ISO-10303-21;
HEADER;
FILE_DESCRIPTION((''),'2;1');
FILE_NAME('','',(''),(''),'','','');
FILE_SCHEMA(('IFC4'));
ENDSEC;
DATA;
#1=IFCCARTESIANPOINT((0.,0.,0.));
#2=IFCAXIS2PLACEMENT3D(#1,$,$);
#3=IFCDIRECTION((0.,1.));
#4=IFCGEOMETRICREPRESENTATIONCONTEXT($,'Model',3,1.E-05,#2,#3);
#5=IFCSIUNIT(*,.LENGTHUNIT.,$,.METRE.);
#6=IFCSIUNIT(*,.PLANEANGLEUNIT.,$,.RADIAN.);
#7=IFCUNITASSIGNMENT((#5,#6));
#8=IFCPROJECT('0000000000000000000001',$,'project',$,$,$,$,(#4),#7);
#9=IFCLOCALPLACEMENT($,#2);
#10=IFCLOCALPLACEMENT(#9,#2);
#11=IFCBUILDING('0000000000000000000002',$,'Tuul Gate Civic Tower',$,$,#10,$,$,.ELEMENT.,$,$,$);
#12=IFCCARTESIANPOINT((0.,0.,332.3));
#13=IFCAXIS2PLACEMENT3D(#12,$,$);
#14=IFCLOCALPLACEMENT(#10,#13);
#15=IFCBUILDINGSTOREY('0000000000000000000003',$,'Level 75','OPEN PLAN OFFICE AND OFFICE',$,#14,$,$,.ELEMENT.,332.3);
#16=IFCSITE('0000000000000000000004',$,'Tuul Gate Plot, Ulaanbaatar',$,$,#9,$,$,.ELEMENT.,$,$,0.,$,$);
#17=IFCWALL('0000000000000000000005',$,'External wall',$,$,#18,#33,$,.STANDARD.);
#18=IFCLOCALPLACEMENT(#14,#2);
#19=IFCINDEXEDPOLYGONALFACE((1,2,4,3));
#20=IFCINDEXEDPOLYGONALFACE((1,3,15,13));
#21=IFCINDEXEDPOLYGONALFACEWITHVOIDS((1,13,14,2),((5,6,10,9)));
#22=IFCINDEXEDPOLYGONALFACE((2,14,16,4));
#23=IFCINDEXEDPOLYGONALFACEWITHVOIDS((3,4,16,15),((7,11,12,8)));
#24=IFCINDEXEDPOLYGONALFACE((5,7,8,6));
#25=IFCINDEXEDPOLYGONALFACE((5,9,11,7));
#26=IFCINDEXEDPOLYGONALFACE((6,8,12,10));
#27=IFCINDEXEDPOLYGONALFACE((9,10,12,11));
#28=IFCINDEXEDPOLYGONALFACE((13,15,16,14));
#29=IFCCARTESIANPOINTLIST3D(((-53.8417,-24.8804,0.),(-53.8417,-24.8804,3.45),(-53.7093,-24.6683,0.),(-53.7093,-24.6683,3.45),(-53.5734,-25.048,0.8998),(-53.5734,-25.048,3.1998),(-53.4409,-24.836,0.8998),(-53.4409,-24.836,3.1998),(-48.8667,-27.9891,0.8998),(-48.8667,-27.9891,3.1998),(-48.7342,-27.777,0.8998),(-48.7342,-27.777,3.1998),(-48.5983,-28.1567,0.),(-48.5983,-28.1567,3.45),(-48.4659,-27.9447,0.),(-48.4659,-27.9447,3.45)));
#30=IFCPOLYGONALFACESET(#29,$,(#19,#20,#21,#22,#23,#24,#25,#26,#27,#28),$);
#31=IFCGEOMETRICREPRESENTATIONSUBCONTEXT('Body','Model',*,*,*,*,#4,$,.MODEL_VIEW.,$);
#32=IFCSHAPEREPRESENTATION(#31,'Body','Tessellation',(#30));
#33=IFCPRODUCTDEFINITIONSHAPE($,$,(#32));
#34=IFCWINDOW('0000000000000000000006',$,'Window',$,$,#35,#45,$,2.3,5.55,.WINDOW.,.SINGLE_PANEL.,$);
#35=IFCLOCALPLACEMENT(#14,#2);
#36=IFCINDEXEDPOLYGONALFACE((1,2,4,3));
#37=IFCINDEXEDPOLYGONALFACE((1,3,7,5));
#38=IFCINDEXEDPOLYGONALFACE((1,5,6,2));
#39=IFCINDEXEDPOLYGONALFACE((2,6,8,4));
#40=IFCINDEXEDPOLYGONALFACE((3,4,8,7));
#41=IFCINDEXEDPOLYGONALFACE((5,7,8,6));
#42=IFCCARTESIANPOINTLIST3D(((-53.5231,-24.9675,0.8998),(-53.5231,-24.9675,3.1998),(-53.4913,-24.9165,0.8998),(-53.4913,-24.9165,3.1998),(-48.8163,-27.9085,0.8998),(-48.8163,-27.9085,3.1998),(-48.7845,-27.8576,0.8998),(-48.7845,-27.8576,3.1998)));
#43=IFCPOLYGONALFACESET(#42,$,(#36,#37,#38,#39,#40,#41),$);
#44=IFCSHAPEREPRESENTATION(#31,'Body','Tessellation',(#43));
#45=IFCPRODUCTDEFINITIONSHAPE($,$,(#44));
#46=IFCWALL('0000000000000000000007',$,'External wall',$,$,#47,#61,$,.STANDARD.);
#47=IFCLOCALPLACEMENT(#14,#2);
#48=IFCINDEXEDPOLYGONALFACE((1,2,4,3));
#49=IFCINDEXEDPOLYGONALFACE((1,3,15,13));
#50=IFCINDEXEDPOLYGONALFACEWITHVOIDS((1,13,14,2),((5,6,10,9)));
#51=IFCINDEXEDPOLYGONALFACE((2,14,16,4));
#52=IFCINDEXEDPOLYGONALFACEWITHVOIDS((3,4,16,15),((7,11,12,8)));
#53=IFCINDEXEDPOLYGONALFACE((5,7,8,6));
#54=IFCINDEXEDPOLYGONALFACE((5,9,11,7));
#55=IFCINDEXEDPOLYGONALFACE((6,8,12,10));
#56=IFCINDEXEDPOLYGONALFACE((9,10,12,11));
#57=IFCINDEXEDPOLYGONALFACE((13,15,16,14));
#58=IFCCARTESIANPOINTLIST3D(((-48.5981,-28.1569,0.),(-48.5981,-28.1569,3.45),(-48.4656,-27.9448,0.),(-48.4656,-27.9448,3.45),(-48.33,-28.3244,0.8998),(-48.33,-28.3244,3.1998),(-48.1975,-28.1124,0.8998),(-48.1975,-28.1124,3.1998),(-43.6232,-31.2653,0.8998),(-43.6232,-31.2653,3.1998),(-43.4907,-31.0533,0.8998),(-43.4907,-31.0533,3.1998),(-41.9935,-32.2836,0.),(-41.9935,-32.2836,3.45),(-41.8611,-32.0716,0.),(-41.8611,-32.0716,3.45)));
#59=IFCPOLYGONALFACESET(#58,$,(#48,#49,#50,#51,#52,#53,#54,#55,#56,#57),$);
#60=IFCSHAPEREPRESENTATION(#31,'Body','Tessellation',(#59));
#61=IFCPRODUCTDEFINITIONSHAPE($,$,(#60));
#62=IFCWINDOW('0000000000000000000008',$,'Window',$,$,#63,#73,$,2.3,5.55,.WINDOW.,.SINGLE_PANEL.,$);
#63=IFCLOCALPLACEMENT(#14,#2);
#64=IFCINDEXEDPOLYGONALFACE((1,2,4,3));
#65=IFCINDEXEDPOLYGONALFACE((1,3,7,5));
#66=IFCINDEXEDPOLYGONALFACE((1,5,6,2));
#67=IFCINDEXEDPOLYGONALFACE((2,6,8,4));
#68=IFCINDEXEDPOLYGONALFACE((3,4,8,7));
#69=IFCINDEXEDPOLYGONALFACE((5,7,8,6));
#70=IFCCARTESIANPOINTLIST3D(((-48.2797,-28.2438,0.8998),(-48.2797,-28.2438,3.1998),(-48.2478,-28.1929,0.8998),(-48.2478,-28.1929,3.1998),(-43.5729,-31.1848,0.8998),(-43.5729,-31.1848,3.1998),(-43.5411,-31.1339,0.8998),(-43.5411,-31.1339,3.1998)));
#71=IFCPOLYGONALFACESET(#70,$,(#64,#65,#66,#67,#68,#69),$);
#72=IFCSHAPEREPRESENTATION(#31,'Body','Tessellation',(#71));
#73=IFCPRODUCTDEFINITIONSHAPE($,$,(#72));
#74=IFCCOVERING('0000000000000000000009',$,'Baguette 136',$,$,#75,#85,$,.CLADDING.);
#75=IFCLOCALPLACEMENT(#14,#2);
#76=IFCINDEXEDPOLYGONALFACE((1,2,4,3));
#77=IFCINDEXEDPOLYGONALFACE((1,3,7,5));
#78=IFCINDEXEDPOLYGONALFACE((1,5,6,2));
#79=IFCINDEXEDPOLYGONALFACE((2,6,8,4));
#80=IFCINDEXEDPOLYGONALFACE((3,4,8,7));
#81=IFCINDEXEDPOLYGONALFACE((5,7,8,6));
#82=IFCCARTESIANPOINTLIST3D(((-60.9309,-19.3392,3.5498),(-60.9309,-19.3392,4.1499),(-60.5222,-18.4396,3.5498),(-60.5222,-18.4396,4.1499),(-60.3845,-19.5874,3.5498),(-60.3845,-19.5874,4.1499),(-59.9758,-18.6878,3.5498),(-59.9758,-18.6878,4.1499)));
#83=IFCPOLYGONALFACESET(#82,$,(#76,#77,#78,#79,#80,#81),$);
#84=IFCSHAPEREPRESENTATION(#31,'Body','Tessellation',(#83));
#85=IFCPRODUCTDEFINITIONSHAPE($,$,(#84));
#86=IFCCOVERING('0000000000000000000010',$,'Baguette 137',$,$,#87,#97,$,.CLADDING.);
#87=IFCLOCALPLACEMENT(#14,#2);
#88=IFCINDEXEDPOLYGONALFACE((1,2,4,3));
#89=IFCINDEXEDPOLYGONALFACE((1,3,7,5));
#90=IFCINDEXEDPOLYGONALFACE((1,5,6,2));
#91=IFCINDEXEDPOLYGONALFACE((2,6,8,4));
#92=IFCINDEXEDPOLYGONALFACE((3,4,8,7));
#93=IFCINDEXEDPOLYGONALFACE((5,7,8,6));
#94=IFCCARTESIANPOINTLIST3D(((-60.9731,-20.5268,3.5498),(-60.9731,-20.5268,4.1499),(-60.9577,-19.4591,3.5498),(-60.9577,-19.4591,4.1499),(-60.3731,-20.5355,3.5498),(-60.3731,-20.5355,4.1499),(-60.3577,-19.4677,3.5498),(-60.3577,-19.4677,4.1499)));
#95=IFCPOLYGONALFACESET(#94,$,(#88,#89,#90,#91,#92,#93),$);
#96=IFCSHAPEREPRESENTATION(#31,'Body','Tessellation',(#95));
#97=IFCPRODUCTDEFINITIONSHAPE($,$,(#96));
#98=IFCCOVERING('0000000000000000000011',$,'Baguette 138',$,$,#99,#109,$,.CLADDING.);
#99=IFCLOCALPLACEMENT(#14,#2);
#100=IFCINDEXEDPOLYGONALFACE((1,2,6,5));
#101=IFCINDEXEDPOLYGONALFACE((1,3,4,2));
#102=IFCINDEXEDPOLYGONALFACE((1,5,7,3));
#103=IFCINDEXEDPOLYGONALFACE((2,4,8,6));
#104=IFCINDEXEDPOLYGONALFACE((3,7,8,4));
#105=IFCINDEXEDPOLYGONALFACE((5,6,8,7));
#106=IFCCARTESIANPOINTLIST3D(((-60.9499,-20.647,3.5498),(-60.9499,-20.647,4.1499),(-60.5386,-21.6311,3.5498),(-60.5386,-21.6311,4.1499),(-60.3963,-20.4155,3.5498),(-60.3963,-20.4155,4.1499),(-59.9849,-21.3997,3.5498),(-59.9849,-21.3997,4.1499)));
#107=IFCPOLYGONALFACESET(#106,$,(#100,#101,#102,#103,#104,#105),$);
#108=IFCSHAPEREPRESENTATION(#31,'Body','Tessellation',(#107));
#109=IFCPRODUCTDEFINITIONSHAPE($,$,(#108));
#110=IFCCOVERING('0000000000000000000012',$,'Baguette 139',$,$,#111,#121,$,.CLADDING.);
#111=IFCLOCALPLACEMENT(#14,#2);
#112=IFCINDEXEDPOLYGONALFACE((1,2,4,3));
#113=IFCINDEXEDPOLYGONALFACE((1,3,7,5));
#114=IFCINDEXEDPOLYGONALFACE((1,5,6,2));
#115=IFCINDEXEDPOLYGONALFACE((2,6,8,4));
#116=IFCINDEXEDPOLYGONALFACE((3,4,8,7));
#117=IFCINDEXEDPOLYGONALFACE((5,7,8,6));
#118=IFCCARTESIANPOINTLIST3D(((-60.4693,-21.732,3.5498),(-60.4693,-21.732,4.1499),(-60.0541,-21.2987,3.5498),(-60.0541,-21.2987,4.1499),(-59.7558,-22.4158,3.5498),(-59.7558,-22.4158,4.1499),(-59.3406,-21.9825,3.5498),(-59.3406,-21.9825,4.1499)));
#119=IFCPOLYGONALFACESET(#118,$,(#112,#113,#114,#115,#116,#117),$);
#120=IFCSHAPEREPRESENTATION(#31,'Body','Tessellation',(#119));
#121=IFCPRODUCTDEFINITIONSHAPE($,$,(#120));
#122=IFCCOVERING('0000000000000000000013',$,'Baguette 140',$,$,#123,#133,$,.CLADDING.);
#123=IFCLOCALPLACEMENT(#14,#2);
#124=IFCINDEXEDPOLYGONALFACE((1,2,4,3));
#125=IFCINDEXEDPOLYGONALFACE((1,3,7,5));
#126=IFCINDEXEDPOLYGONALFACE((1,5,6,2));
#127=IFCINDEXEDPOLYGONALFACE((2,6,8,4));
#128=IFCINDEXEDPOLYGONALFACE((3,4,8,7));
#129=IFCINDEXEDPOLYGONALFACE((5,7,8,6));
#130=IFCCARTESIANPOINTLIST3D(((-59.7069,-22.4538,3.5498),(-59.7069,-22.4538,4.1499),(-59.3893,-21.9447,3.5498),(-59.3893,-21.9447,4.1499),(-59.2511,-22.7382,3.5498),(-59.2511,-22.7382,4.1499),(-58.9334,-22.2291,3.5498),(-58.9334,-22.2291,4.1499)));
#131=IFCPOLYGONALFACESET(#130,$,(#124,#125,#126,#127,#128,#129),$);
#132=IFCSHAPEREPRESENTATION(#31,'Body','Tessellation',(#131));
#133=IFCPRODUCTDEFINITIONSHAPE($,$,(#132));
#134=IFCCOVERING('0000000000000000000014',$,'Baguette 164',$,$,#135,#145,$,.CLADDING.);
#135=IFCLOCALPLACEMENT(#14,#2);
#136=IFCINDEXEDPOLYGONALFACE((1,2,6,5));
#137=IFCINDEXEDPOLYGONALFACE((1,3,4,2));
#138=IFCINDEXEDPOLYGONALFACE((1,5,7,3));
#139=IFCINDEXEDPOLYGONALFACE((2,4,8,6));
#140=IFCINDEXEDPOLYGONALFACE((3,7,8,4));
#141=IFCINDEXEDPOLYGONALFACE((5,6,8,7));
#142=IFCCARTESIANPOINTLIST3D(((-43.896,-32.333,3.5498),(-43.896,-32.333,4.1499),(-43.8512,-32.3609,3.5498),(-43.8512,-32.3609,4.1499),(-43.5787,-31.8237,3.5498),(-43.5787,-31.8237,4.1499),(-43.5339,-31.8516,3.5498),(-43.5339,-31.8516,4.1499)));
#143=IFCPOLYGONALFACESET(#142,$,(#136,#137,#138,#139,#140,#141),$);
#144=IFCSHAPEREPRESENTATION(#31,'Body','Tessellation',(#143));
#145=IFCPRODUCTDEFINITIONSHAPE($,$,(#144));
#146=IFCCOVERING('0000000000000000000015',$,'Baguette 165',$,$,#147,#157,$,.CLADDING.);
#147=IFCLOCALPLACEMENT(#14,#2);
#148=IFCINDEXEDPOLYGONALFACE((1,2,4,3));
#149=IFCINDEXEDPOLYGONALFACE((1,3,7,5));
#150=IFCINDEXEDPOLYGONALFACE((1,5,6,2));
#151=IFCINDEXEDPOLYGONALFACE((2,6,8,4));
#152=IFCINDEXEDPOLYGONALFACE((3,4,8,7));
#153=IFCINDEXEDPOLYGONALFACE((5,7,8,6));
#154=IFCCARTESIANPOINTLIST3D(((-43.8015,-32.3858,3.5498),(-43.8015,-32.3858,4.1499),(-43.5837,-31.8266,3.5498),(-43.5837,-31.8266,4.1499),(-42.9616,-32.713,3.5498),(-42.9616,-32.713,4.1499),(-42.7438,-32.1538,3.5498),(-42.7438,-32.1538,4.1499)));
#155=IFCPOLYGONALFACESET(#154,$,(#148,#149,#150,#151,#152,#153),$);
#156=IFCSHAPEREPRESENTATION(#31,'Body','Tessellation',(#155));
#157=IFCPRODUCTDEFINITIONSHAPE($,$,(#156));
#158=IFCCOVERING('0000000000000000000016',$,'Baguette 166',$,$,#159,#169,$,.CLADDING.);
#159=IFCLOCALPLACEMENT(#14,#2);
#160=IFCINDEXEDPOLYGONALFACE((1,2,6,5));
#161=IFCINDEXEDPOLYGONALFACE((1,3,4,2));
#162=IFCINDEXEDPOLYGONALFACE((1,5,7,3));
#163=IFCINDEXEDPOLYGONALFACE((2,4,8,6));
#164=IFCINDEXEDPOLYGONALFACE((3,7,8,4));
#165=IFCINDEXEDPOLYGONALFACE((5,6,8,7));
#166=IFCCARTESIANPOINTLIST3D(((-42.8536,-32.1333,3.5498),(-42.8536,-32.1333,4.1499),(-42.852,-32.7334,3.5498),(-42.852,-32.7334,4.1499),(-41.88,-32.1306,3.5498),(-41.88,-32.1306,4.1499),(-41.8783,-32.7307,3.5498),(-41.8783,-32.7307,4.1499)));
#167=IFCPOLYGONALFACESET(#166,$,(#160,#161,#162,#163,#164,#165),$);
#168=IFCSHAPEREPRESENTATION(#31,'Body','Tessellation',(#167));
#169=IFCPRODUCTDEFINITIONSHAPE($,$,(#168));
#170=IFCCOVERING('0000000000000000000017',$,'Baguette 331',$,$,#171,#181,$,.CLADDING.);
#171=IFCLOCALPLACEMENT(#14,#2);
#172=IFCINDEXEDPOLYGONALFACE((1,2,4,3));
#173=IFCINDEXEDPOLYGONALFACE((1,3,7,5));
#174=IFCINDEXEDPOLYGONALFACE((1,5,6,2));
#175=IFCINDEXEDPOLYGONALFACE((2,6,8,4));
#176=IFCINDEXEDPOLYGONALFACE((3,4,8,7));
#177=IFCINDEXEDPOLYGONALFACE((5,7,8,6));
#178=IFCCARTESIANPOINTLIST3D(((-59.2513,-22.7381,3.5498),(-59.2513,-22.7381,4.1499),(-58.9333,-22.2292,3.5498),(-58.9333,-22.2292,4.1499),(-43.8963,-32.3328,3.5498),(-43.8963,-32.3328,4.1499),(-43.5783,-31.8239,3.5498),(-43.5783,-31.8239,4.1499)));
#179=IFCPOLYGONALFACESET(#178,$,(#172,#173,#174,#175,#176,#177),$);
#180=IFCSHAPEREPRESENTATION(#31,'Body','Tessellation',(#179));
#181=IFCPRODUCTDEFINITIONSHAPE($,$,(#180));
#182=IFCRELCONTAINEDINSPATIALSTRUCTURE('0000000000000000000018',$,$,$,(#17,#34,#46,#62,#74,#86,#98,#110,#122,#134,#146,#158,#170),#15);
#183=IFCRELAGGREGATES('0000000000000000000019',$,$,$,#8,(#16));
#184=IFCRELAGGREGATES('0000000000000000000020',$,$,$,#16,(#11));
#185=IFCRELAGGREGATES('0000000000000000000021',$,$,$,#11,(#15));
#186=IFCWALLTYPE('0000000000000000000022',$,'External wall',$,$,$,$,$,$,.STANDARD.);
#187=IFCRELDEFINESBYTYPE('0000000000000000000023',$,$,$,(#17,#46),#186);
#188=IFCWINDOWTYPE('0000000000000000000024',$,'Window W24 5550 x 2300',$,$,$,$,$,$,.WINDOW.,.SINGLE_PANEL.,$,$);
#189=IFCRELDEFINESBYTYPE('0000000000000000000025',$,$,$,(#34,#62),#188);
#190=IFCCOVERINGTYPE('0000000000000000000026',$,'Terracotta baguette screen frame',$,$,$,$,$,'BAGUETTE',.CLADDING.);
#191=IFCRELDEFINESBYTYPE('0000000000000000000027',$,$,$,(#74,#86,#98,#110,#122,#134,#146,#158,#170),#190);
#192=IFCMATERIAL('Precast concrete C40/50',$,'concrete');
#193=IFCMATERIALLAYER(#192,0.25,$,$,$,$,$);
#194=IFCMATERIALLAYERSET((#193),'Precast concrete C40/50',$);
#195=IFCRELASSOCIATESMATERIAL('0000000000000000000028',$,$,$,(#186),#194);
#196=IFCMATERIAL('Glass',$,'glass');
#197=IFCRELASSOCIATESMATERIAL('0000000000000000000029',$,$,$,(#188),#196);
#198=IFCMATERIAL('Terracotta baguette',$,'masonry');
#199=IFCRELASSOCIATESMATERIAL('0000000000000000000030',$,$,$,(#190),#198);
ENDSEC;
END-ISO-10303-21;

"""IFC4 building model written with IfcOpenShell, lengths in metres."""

from ifc_helpers import new_model, si_unit, direction, frame, frame_2d, origin, origin_2d, place, context, subcontext, project, spatial, rectangle, extrude, material, layer, layer_set, material_profile, profile_set, type_object, element, fill, save


model = new_model("IFC4")

# Units and contexts
model_context = context("Model", 3, precision=1e-05, world=origin(), true_north=direction((0.0, 1.0)))
body_context = subcontext(model_context, "Body", "Model", "MODEL_VIEW")
ifc_project = project(units=[si_unit("LENGTHUNIT", "METRE"), si_unit("PLANEANGLEUNIT", "RADIAN")], contexts=[model_context])

# Site, building, storey
site_placement = place(None, origin())
site = spatial("IfcSite", under=ifc_project, at=site_placement, Name="Tuul Gate Plot, Ulaanbaatar", CompositionType="ELEMENT", RefElevation=0.0)
building_placement = place(site_placement, origin())
building = spatial("IfcBuilding", under=site, at=building_placement, Name="Tuul Gate Civic Tower", CompositionType="ELEMENT")
storey_placement = place(building_placement, frame((0.0, 0.0, 332.3)))
storey = spatial("IfcBuildingStorey", under=building, at=storey_placement, Name="Level 75", Description="OPEN PLAN OFFICE AND OFFICE", CompositionType="ELEMENT", Elevation=332.3)

# Shared definitions
ifc_material_1 = material(Name="Precast concrete C40/50", Category="concrete")
ifc_layer = layer(ifc_material_1, 0.25)
ifc_layer_set = layer_set([ifc_layer], Name="Precast concrete C40/50")
wall_type = type_object("IfcWallType", Name="External wall", PredefinedType="STANDARD", material=ifc_layer_set)

# Walls, openings, windows
ifc_material_2 = material(Name="Glass", Category="glass")
window_type = type_object("IfcWindowType", Name="Window W24 5550 x 2300", PartitioningType="SINGLE_PANEL", PredefinedType="WINDOW", material=ifc_material_2)
wall_1_placement = place(storey_placement, frame((-53.7754, -24.7744, 0.0), z_axis=(0.0, 0.0, 1.0), x_axis=(0.848054, -0.52991, 0.0)))
wall_1 = element("IfcWall", 1, at=wall_1_placement, inside=storey, type_object=wall_type, Name="External wall", PredefinedType="STANDARD", context=body_context, shape_type="SweptSolid", body=[
    extrude(rectangle(XDim=6.1829, YDim=0.25, at=frame_2d((3.0913, 0.0))), origin(), (0.0, 0.0, 1.0), 3.45),
])
opening_1_placement = place(wall_1_placement, frame((0.3164, 0.0, 0.8999)))
opening_1 = element("IfcOpeningElement", 2, at=opening_1_placement, cuts=wall_1, PredefinedType="OPENING", context=body_context, shape_type="SweptSolid", body=[
    extrude(rectangle(XDim=5.55, YDim=2.3, at=frame_2d((2.7749, 1.1499))), frame((0.0, 0.135, 0.0), z_axis=(0.0, -1.0, 0.0), x_axis=(1.0, 0.0, 0.0)), (0.0, 0.0, 1.0), 0.27),
])
window_1_placement = place(opening_1_placement, origin())
window_1 = element("IfcWindow", 3, at=window_1_placement, inside=storey, type_object=window_type, Name="Window", OverallHeight=2.3, OverallWidth=5.55, PartitioningType="SINGLE_PANEL", PredefinedType="WINDOW", context=body_context, shape_type="SweptSolid", body=[
    extrude(rectangle(XDim=5.55, YDim=2.3, at=frame_2d((2.7749, 1.1499))), frame((0.0, 0.03, 0.0), z_axis=(0.0, -1.0, 0.0), x_axis=(1.0, 0.0, 0.0)), (0.0, 0.0, 1.0), 0.0601),
])
fill(opening_1, window_1)
wall_2_placement = place(storey_placement, frame((-48.532, -28.0508, 0.0), z_axis=(0.0, 0.0, 1.0), x_axis=(0.848062, -0.529897, 0.0)))
wall_2 = element("IfcWall", 4, at=wall_2_placement, inside=storey, type_object=wall_type, Name="External wall", PredefinedType="STANDARD", context=body_context, shape_type="SweptSolid", body=[
    extrude(rectangle(XDim=7.7878, YDim=0.25, at=frame_2d((3.894, 0.0))), origin(), (0.0, 0.0, 1.0), 3.45),
])
opening_2_placement = place(wall_2_placement, frame((0.3164, 0.0, 0.8999)))
opening_2 = element("IfcOpeningElement", 5, at=opening_2_placement, cuts=wall_2, PredefinedType="OPENING", context=body_context, shape_type="SweptSolid", body=[
    extrude(rectangle(XDim=5.55, YDim=2.3, at=frame_2d((2.7749, 1.1499))), frame((0.0, 0.135, 0.0), z_axis=(0.0, -1.0, 0.0), x_axis=(1.0, 0.0, 0.0)), (0.0, 0.0, 1.0), 0.27),
])
window_2_placement = place(opening_2_placement, origin())
window_2 = element("IfcWindow", 6, at=window_2_placement, inside=storey, type_object=window_type, Name="Window", OverallHeight=2.3, OverallWidth=5.55, PartitioningType="SINGLE_PANEL", PredefinedType="WINDOW", context=body_context, shape_type="SweptSolid", body=[
    extrude(rectangle(XDim=5.55, YDim=2.3, at=frame_2d((2.7749, 1.1499))), frame((0.0, 0.03, 0.0), z_axis=(0.0, -1.0, 0.0), x_axis=(1.0, 0.0, 0.0)), (0.0, 0.0, 1.0), 0.0601),
])
fill(opening_2, window_2)

# Coverings
ifc_material_3 = material(Name="Terracotta baguette", Category="masonry")
ifc_material_profile_1 = material_profile(ifc_material_3, rectangle(XDim=0.6001, YDim=0.6001, at=origin_2d()), Name="Terracotta baguette screen frame")
ifc_profile_set_1 = profile_set([ifc_material_profile_1], Name="Terracotta baguette")
covering_type = type_object("IfcCoveringType", Name="Terracotta baguette screen frame", ElementType="BAGUETTE", PredefinedType="CLADDING", material=ifc_profile_set_1)
covering_1_placement = place(storey_placement, frame((-60.249, -18.5637, 3.8499), z_axis=(-0.413598, -0.91046, 0.0), x_axis=(0.91046, -0.413598, 0.0)))
element("IfcCovering", 7, at=covering_1_placement, inside=storey, type_object=covering_type, Name="Baguette 136", PredefinedType="CLADDING", context=body_context, shape_type="SweptSolid", body=[
    extrude(rectangle(XDim=0.6001, YDim=0.6001, at=origin_2d()), origin(), (0.0, 0.0, 1.0), 0.988),
])
covering_2_placement = place(storey_placement, frame((-60.6577, -19.4634, 3.8499), z_axis=(-0.014402, -0.999896, 0.0), x_axis=(0.999896, -0.014402, 0.0)))
element("IfcCovering", 8, at=covering_2_placement, inside=storey, type_object=covering_type, Name="Baguette 137", PredefinedType="CLADDING", context=body_context, shape_type="SweptSolid", body=[
    extrude(rectangle(XDim=0.6001, YDim=0.6001, at=origin_2d()), origin(), (0.0, 0.0, 1.0), 1.0679),
])
covering_3_placement = place(storey_placement, frame((-60.6731, -20.5312, 3.8499), z_axis=(0.385672, -0.922636, 0.0), x_axis=(0.922636, 0.385672, 0.0)))
element("IfcCovering", 9, at=covering_3_placement, inside=storey, type_object=covering_type, Name="Baguette 138", PredefinedType="CLADDING", context=body_context, shape_type="SweptSolid", body=[
    extrude(rectangle(XDim=0.6001, YDim=0.6001, at=origin_2d()), origin(), (0.0, 0.0, 1.0), 1.0667),
])
covering_4_placement = place(storey_placement, frame((-60.2617, -21.5154, 3.8499), z_axis=(0.722014, -0.691879, 0.0), x_axis=(0.691879, 0.722014, 0.0)))
element("IfcCovering", 10, at=covering_4_placement, inside=storey, type_object=covering_type, Name="Baguette 139", PredefinedType="CLADDING", context=body_context, shape_type="SweptSolid", body=[
    extrude(rectangle(XDim=0.6001, YDim=0.6001, at=origin_2d()), origin(), (0.0, 0.0, 1.0), 0.9883),
])
covering_5_placement = place(storey_placement, frame((-59.5481, -22.1992, 3.8499), z_axis=(0.848381, -0.529386, 0.0), x_axis=(0.529386, 0.848381, 0.0)))
element("IfcCovering", 11, at=covering_5_placement, inside=storey, type_object=covering_type, Name="Baguette 140", PredefinedType="CLADDING", context=body_context, shape_type="SweptSolid", body=[
    extrude(rectangle(XDim=0.6001, YDim=0.6001, at=origin_2d()), origin(), (0.0, 0.0, 1.0), 0.5374),
])
covering_6_placement = place(storey_placement, frame((-43.7373, -32.0784, 3.8499), z_axis=(0.848779, -0.528748, 0.0), x_axis=(0.528748, 0.848779, 0.0)))
element("IfcCovering", 12, at=covering_6_placement, inside=storey, type_object=covering_type, Name="Baguette 164", PredefinedType="CLADDING", context=body_context, shape_type="SweptSolid", body=[
    extrude(rectangle(XDim=0.6001, YDim=0.6001, at=origin_2d()), origin(), (0.0, 0.0, 1.0), 0.0527),
])
covering_7_placement = place(storey_placement, frame((-43.6926, -32.1062, 3.8499), z_axis=(0.931801, -0.362969, 0.0), x_axis=(0.362969, 0.931801, 0.0)))
element("IfcCovering", 13, at=covering_7_placement, inside=storey, type_object=covering_type, Name="Baguette 165", PredefinedType="CLADDING", context=body_context, shape_type="SweptSolid", body=[
    extrude(rectangle(XDim=0.6001, YDim=0.6001, at=origin_2d()), origin(), (0.0, 0.0, 1.0), 0.9014),
])
covering_8_placement = place(storey_placement, frame((-42.8528, -32.4333, 3.8499), z_axis=(0.999996, 0.002758, 0.0), x_axis=(-0.002758, 0.999996, 0.0)))
element("IfcCovering", 14, at=covering_8_placement, inside=storey, type_object=covering_type, Name="Baguette 166", PredefinedType="CLADDING", context=body_context, shape_type="SweptSolid", body=[
    extrude(rectangle(XDim=0.6001, YDim=0.6001, at=origin_2d()), origin(), (0.0, 0.0, 1.0), 0.9736),
])
covering_9_placement = place(storey_placement, frame((-59.0923, -22.4836, 3.8499), z_axis=(0.848051, -0.529914, 0.0), x_axis=(0.529914, 0.848051, 0.0)))
element("IfcCovering", 15, at=covering_9_placement, inside=storey, type_object=covering_type, Name="Baguette 331", PredefinedType="CLADDING", context=body_context, shape_type="SweptSolid", body=[
    extrude(rectangle(XDim=0.6001, YDim=0.6001, at=origin_2d()), origin(), (0.0, 0.0, 1.0), 18.1062),
])

save(model, "model.ifc")
